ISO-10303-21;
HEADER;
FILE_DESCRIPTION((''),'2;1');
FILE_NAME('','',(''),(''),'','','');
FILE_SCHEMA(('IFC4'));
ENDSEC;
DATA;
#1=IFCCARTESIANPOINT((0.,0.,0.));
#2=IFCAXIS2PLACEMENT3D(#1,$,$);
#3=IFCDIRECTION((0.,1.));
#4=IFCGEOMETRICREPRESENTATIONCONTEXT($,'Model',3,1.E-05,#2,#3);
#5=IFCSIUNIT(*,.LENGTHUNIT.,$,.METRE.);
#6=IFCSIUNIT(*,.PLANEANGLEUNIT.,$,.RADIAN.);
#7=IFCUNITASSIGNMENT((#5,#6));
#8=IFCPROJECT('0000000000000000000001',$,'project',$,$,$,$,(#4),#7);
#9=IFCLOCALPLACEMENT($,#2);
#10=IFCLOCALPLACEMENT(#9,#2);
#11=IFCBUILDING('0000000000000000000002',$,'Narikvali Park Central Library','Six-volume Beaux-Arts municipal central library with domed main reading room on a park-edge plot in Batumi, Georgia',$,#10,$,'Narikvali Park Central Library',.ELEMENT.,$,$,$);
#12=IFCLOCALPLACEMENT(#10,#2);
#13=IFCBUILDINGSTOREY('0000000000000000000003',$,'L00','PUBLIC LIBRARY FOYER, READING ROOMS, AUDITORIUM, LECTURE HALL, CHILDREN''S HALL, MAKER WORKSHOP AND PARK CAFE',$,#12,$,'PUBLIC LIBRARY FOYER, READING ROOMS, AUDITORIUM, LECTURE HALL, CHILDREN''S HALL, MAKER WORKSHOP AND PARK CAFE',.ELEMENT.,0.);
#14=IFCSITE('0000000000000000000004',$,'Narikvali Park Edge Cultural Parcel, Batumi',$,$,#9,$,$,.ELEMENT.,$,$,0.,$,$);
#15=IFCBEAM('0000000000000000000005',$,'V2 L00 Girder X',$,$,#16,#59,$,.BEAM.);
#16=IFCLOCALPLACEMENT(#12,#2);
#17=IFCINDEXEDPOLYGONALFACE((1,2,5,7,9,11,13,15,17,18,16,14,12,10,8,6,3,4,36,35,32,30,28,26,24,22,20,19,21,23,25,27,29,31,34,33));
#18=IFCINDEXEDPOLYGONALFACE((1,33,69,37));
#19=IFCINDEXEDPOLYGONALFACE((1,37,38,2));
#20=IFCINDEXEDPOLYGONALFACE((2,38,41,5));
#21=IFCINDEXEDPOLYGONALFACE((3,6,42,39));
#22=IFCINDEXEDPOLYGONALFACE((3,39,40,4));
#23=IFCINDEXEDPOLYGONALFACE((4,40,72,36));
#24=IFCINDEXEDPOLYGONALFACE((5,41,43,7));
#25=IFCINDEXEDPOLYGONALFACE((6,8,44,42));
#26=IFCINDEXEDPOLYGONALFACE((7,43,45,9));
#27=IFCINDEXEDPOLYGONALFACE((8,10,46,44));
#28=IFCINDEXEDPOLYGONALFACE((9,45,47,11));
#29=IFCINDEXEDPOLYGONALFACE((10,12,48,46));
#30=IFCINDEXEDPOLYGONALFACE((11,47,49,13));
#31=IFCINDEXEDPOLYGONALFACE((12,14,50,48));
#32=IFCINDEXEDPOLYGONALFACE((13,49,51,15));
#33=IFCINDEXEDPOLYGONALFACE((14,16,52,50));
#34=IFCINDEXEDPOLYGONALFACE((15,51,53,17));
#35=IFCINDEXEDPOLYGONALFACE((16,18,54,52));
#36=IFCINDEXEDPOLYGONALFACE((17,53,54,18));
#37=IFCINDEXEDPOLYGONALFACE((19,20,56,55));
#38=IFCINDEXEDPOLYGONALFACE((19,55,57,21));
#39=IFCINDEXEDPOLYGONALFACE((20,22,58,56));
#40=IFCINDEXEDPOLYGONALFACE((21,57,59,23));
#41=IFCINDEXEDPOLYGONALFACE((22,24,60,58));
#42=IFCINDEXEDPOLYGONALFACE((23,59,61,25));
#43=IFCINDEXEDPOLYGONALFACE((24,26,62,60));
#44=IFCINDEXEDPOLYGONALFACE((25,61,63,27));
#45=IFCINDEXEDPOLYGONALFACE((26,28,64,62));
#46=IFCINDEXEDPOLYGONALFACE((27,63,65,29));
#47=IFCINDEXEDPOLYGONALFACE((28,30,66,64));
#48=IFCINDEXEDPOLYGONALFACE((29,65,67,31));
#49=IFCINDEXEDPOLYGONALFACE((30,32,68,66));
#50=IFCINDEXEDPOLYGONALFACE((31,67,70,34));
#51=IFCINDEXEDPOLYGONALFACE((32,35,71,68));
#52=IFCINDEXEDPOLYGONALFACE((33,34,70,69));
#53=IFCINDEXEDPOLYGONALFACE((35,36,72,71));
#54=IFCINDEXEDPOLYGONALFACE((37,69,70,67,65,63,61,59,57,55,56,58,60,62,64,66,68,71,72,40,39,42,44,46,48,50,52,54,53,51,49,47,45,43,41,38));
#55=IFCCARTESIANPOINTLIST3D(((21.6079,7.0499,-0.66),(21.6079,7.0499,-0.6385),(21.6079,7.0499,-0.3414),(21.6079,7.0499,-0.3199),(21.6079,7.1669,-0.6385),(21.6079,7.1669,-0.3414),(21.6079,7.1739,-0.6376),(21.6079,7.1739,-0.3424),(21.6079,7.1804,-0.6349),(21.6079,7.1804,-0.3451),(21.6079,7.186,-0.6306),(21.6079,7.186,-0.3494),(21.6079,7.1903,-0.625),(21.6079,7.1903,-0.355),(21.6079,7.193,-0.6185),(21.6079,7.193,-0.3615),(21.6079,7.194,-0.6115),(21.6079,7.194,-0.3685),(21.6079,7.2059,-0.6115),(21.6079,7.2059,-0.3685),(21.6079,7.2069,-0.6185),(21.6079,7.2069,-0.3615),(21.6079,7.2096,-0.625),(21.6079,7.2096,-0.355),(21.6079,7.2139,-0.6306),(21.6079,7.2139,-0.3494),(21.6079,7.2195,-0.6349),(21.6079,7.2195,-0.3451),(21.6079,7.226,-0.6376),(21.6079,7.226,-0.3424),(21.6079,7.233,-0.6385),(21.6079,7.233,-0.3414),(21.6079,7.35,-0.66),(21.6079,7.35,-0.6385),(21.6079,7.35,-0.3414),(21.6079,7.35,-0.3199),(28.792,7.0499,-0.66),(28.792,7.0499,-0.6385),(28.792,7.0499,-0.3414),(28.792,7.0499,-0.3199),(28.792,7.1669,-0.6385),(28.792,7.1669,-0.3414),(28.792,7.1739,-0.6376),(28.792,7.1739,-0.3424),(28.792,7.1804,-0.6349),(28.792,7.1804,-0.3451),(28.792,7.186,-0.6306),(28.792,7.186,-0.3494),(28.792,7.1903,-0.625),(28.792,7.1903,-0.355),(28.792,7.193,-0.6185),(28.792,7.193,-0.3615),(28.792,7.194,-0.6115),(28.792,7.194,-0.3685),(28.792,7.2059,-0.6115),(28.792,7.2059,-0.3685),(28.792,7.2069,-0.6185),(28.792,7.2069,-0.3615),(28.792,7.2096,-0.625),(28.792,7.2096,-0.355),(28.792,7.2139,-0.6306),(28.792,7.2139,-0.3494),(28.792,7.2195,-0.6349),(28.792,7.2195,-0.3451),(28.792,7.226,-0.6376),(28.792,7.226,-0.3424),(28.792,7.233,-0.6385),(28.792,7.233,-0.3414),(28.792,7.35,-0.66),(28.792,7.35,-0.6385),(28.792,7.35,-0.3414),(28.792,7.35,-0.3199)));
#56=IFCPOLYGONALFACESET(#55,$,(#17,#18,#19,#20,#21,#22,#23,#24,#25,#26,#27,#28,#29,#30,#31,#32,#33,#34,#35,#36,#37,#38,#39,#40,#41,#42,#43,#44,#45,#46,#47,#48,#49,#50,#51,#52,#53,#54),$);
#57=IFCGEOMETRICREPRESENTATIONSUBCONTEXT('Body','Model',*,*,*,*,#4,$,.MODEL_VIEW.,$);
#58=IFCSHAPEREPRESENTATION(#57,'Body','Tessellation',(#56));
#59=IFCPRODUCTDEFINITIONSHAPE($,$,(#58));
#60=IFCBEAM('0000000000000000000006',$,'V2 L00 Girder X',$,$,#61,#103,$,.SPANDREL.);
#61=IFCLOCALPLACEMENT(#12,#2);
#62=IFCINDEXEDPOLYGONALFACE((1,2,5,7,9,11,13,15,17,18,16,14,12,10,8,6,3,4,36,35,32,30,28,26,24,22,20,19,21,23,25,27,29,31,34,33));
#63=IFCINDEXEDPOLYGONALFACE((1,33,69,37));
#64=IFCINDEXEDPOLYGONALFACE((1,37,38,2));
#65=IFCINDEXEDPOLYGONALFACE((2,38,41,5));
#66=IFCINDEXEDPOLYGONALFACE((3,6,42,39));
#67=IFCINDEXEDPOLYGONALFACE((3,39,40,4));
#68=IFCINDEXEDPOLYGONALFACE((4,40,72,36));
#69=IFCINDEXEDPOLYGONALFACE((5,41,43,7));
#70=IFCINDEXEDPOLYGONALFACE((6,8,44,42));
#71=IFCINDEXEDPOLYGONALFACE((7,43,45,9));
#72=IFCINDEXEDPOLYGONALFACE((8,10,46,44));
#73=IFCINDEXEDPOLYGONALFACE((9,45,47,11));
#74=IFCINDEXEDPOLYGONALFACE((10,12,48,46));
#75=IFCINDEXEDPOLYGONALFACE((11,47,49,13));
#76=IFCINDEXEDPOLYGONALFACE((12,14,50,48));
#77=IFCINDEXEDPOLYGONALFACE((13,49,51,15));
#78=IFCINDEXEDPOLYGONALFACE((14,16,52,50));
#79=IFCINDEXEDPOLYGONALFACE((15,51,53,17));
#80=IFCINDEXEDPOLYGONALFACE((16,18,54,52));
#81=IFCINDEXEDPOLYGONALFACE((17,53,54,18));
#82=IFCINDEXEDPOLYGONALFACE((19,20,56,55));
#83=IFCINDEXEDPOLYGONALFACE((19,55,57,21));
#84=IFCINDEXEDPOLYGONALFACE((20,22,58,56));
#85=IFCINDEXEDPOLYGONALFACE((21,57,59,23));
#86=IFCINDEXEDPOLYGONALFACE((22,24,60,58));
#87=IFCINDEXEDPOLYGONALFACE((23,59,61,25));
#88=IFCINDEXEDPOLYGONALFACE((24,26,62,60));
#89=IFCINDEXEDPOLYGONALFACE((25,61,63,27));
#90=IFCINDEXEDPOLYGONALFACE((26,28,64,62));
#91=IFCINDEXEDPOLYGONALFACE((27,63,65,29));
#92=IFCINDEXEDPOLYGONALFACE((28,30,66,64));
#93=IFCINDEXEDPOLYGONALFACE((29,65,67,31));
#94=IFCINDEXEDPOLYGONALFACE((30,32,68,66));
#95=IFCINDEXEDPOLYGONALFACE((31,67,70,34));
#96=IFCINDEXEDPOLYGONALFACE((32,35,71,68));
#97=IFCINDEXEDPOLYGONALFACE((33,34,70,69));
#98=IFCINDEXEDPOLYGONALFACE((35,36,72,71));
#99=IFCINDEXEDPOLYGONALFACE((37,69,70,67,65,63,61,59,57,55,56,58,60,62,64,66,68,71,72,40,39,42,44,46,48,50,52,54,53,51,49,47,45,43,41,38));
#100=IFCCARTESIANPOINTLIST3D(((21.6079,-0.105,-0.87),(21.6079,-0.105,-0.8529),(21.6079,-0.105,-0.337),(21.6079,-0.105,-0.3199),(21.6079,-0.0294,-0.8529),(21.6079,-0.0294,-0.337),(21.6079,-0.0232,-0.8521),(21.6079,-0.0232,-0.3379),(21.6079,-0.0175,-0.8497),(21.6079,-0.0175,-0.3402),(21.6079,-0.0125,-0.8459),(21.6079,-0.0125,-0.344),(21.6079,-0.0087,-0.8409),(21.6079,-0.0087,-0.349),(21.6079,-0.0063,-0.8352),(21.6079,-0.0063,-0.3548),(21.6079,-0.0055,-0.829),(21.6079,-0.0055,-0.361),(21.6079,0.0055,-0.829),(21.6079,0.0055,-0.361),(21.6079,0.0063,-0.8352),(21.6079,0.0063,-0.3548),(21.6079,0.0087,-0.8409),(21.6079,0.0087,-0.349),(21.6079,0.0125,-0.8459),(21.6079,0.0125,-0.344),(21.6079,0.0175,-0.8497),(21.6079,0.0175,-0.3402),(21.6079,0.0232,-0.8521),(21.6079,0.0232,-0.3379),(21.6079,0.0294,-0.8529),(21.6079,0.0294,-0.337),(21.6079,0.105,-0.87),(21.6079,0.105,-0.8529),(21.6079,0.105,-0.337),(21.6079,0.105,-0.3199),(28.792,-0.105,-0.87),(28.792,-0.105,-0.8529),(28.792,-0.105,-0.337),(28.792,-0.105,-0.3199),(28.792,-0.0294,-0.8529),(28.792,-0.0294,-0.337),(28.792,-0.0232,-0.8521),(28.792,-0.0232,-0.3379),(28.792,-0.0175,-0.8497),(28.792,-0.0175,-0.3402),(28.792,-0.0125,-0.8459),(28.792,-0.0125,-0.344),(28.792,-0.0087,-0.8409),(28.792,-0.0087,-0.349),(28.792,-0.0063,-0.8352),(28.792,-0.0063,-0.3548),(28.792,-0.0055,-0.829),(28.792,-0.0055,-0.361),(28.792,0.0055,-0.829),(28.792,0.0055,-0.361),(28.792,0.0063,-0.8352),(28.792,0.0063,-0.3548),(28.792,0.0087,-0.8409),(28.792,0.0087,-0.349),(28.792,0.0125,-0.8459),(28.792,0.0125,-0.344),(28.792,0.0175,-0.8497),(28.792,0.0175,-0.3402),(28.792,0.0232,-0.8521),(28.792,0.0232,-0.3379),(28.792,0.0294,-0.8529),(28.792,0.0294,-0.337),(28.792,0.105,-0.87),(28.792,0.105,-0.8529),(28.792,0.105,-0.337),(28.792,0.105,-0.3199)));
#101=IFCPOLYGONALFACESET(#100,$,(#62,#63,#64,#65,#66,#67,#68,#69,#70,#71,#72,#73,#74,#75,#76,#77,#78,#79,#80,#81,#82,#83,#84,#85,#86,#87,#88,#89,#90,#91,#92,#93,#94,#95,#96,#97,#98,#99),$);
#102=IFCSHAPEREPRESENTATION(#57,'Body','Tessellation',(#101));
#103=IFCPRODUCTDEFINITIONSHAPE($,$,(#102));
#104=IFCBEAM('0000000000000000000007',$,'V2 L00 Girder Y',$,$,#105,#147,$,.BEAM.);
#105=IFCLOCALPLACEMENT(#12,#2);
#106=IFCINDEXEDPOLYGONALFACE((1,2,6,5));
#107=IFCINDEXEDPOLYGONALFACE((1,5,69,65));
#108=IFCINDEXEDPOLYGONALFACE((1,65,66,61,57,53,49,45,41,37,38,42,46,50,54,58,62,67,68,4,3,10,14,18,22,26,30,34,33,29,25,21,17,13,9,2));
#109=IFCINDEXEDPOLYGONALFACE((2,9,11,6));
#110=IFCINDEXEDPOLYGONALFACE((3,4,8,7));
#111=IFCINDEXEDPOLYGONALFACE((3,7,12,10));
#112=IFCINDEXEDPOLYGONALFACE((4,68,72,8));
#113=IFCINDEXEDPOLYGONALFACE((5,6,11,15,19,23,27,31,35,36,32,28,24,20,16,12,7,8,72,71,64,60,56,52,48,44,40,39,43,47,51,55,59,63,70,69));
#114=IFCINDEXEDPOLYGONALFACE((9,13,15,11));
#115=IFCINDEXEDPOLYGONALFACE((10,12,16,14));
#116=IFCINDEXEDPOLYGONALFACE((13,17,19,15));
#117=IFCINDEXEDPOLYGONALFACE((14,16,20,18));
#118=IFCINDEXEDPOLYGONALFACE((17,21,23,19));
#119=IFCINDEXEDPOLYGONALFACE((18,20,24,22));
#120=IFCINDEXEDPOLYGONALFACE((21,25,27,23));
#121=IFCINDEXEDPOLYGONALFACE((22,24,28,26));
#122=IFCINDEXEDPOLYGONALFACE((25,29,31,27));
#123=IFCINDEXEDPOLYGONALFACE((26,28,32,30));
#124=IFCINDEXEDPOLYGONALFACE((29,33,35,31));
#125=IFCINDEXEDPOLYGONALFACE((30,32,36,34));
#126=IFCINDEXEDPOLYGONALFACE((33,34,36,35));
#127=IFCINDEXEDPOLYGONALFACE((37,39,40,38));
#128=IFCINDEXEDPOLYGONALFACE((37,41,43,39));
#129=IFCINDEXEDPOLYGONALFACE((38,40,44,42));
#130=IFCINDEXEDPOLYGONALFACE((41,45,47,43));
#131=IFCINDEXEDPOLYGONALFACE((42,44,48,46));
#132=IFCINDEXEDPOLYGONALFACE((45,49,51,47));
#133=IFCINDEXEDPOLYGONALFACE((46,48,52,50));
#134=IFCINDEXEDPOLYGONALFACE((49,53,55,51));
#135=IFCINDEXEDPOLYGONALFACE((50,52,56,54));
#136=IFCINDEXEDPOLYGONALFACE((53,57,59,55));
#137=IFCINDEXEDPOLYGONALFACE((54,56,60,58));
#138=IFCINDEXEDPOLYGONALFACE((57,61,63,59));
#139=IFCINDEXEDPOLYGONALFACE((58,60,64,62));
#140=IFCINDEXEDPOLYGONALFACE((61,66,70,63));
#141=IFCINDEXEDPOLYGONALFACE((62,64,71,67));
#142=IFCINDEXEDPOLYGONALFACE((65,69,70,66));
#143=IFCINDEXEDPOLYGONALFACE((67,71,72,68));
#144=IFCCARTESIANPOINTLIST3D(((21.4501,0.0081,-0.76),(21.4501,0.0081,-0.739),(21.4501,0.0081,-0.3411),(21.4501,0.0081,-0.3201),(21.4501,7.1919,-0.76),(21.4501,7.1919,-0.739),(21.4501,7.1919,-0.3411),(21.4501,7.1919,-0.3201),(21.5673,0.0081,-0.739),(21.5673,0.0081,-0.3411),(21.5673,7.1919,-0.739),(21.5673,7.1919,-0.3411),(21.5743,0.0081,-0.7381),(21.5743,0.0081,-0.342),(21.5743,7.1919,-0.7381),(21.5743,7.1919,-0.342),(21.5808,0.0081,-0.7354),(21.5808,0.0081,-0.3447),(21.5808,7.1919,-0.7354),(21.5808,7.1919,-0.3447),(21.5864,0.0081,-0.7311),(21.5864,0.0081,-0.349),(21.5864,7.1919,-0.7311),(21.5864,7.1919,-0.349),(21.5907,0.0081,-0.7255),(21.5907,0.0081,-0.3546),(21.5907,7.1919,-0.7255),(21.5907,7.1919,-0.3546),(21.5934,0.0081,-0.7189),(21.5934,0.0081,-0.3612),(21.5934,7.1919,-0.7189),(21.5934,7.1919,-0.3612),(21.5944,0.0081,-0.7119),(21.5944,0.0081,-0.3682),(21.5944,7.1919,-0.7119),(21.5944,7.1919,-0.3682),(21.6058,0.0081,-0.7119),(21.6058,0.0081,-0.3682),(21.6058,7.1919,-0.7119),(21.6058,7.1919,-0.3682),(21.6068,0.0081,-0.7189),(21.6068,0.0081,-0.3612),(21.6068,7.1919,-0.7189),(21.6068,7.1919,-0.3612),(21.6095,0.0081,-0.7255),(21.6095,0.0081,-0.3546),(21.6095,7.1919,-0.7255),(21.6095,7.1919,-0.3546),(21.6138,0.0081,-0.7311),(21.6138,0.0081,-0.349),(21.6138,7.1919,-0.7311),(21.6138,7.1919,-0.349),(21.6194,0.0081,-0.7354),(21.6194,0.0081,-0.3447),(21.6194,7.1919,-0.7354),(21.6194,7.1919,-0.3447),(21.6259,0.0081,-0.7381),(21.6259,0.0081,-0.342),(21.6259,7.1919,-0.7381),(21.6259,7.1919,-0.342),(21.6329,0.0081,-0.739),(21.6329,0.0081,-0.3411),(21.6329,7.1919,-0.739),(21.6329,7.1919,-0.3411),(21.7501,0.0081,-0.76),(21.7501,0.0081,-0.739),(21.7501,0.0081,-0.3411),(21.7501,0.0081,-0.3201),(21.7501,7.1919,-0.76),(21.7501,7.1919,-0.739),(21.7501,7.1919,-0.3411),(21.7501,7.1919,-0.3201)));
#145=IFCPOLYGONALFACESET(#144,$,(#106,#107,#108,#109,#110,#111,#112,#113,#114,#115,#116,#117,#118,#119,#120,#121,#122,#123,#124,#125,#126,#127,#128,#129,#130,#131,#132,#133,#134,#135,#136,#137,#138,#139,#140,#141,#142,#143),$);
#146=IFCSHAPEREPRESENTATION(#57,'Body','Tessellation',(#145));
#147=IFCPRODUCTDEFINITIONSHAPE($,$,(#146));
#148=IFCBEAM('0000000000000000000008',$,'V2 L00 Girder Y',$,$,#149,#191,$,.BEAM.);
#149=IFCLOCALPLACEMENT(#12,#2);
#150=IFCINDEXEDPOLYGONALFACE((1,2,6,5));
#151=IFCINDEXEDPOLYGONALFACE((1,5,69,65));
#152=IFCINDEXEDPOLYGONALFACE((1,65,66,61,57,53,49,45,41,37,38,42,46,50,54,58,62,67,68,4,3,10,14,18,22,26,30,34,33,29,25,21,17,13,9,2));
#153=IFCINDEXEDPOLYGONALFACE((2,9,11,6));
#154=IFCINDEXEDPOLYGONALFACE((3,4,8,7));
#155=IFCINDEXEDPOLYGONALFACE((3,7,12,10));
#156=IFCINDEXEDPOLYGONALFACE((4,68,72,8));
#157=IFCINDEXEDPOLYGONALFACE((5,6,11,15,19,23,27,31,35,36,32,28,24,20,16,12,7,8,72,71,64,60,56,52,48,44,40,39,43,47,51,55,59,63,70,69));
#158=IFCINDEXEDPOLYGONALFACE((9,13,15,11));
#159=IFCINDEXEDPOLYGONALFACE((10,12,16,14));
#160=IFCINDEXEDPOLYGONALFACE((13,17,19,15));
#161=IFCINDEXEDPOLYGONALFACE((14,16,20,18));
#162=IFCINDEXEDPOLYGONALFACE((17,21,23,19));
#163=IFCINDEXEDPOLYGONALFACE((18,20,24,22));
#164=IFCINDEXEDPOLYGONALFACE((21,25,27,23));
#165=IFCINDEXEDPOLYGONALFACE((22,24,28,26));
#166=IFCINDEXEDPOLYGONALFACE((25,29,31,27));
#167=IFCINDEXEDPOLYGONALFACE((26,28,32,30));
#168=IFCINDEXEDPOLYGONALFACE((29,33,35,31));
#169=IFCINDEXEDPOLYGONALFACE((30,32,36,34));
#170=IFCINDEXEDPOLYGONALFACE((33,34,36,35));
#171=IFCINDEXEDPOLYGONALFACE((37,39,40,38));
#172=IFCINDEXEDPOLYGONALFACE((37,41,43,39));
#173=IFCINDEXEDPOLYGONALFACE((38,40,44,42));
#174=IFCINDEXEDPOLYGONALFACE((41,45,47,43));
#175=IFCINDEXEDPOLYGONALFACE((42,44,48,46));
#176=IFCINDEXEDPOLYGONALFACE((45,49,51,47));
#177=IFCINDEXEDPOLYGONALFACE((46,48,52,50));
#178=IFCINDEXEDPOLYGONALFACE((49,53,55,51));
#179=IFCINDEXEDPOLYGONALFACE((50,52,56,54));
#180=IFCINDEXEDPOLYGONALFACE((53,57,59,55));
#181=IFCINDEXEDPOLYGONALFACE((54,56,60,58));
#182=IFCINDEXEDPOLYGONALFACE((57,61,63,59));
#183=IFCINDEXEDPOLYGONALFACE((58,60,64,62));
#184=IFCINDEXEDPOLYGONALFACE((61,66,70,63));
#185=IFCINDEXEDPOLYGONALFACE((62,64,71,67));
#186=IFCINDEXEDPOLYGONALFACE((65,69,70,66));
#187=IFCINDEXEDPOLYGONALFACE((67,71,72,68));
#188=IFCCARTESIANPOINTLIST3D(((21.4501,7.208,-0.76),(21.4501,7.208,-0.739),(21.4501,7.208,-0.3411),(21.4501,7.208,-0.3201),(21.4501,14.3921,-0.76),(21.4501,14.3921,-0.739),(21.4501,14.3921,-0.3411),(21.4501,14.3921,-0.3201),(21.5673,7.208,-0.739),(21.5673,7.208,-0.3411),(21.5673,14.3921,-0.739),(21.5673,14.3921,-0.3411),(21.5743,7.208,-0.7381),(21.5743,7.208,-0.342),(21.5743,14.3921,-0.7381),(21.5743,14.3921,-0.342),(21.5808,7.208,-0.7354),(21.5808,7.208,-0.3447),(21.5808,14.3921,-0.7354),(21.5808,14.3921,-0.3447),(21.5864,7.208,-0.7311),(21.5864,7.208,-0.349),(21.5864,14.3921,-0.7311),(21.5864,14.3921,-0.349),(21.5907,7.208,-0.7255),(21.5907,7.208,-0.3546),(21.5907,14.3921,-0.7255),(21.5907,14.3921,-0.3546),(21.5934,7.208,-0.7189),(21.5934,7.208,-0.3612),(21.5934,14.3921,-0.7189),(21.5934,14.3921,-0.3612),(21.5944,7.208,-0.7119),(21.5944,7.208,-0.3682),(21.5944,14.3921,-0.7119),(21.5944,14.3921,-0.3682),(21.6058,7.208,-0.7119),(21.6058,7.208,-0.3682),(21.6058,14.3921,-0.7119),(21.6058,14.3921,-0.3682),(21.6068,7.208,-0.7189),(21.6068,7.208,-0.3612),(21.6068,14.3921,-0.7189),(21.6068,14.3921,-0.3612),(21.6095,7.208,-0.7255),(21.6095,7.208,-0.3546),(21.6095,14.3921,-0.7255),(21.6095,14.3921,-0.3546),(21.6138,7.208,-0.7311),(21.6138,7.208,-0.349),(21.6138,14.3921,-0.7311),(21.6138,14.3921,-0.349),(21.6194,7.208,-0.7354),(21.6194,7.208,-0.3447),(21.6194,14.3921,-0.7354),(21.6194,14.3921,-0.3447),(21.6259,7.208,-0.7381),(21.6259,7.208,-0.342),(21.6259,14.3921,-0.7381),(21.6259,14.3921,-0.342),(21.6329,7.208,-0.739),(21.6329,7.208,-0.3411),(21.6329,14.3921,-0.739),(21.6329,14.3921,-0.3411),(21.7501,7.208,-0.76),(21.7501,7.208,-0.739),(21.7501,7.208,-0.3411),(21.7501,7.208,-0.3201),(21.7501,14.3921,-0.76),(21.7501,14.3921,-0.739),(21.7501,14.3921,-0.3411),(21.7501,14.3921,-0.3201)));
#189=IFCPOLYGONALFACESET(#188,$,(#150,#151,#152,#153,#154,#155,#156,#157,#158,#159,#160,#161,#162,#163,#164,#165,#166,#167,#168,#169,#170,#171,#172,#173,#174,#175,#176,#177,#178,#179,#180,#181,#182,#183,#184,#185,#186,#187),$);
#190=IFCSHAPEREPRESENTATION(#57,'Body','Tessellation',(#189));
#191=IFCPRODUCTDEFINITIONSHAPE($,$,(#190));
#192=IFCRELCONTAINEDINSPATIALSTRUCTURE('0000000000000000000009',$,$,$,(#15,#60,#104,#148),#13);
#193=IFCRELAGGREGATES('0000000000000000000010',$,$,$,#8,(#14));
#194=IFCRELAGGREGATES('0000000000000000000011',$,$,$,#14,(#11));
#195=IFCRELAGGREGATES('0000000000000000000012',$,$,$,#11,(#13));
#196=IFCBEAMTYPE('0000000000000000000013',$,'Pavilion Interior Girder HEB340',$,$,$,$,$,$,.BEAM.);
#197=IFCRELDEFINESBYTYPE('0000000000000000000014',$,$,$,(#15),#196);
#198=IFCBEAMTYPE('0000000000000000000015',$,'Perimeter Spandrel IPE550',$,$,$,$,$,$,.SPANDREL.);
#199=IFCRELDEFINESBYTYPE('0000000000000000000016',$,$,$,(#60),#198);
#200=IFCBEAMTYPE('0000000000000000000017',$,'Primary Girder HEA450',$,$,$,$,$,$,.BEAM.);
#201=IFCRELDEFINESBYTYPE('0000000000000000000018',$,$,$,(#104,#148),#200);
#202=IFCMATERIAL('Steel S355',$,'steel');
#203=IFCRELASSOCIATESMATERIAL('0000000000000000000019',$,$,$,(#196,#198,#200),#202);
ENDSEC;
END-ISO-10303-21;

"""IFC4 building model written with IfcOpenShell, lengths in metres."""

from ifc_helpers import new_model, si_unit, direction, frame, origin, origin_2d, place, context, subcontext, project, spatial, i_section, extrude, material, material_profile, profile_set, type_object, element, save


model = new_model("IFC4")

# Units and contexts
model_context = context("Model", 3, precision=1e-05, world=origin(), true_north=direction((0.0, 1.0)))
body_context = subcontext(model_context, "Body", "Model", "MODEL_VIEW")
ifc_project = project(units=[si_unit("LENGTHUNIT", "METRE"), si_unit("PLANEANGLEUNIT", "RADIAN")], contexts=[model_context])

# Site, building, storey
site_placement = place(None, origin())
site = spatial("IfcSite", under=ifc_project, at=site_placement, Name="Narikvali Park Edge Cultural Parcel, Batumi", CompositionType="ELEMENT", RefElevation=0.0)
building_placement = place(site_placement, origin())
building = spatial("IfcBuilding", under=site, at=building_placement, Name="Narikvali Park Central Library", Description="Six-volume Beaux-Arts municipal central library with domed main reading room on a park-edge plot in Batumi, Georgia", LongName="Narikvali Park Central Library", CompositionType="ELEMENT")
storey_placement = place(building_placement, origin())
storey = spatial("IfcBuildingStorey", under=building, at=storey_placement, Name="L00", Description="PUBLIC LIBRARY FOYER, READING ROOMS, AUDITORIUM, LECTURE HALL, CHILDREN'S HALL, MAKER WORKSHOP AND PARK CAFE", LongName="PUBLIC LIBRARY FOYER, READING ROOMS, AUDITORIUM, LECTURE HALL, CHILDREN'S HALL, MAKER WORKSHOP AND PARK CAFE", CompositionType="ELEMENT", Elevation=0.0)

# Shared definitions
ifc_material_1 = material(Name="Steel S355", Category="steel")

# Beams
ifc_material_profile_1 = material_profile(ifc_material_1, i_section(OverallWidth=0.3, OverallDepth=0.3401, WebThickness=0.012, FlangeThickness=0.0215, FilletRadius=0.0271, at=origin_2d()), Name="HEB 340")
ifc_profile_set_1 = profile_set([ifc_material_profile_1], Name="Steel S355")
beam_type_1 = type_object("IfcBeamType", Name="Pavilion Interior Girder HEB340", PredefinedType="BEAM", material=ifc_profile_set_1)
beam_1_placement = place(storey_placement, frame((21.6079, 7.2, -0.49), z_axis=(1.0, 0.0, 0.0), x_axis=(0.0, 1.0, 0.0)))
element("IfcBeam", 1, at=beam_1_placement, inside=storey, type_object=beam_type_1, Name="V2 L00 Girder X", PredefinedType="BEAM", context=body_context, shape_type="SweptSolid", body=[
    extrude(i_section(OverallWidth=0.3, OverallDepth=0.3401, WebThickness=0.012, FlangeThickness=0.0215, FilletRadius=0.0271, at=origin_2d()), origin(), (0.0, 0.0, 1.0), 7.1841),
])
ifc_material_profile_2 = material_profile(ifc_material_1, i_section(OverallWidth=0.21, OverallDepth=0.55, WebThickness=0.011, FlangeThickness=0.0171, FilletRadius=0.0239, at=origin_2d()), Name="IPE 550")
ifc_profile_set_2 = profile_set([ifc_material_profile_2], Name="Steel S355")
beam_type_2 = type_object("IfcBeamType", Name="Perimeter Spandrel IPE550", PredefinedType="SPANDREL", material=ifc_profile_set_2)
beam_2_placement = place(storey_placement, frame((21.6079, 0.0, -0.595), z_axis=(1.0, 0.0, 0.0), x_axis=(0.0, 1.0, 0.0)))
element("IfcBeam", 2, at=beam_2_placement, inside=storey, type_object=beam_type_2, Name="V2 L00 Girder X", PredefinedType="SPANDREL", context=body_context, shape_type="SweptSolid", body=[
    extrude(i_section(OverallWidth=0.21, OverallDepth=0.55, WebThickness=0.011, FlangeThickness=0.0171, FilletRadius=0.0239, at=origin_2d()), origin(), (0.0, 0.0, 1.0), 7.1841),
])
ifc_material_profile_3 = material_profile(ifc_material_1, i_section(OverallWidth=0.3, OverallDepth=0.4399, WebThickness=0.0115, FlangeThickness=0.021, FilletRadius=0.0271, at=origin_2d()), Name="HEA 450")
ifc_profile_set_3 = profile_set([ifc_material_profile_3], Name="Steel S355")
beam_type_3 = type_object("IfcBeamType", Name="Primary Girder HEA450", PredefinedType="BEAM", material=ifc_profile_set_3)
beam_3_placement = place(storey_placement, frame((21.6001, 0.0081, -0.54), z_axis=(0.0, 1.0, 0.0), x_axis=(-1.0, 0.0, 0.0)))
element("IfcBeam", 3, at=beam_3_placement, inside=storey, type_object=beam_type_3, Name="V2 L00 Girder Y", PredefinedType="BEAM", context=body_context, shape_type="SweptSolid", body=[
    extrude(i_section(OverallWidth=0.3, OverallDepth=0.4399, WebThickness=0.0115, FlangeThickness=0.021, FilletRadius=0.0271, at=origin_2d()), origin(), (0.0, 0.0, 1.0), 7.1838),
])
beam_4_placement = place(storey_placement, frame((21.6001, 7.208, -0.54), z_axis=(0.0, 1.0, 0.0), x_axis=(-1.0, 0.0, 0.0)))
element("IfcBeam", 4, at=beam_4_placement, inside=storey, type_object=beam_type_3, Name="V2 L00 Girder Y", PredefinedType="BEAM", context=body_context, shape_type="SweptSolid", body=[
    extrude(i_section(OverallWidth=0.3, OverallDepth=0.4399, WebThickness=0.0115, FlangeThickness=0.021, FilletRadius=0.0271, at=origin_2d()), origin(), (0.0, 0.0, 1.0), 7.1841),
])

save(model, "model.ifc")
